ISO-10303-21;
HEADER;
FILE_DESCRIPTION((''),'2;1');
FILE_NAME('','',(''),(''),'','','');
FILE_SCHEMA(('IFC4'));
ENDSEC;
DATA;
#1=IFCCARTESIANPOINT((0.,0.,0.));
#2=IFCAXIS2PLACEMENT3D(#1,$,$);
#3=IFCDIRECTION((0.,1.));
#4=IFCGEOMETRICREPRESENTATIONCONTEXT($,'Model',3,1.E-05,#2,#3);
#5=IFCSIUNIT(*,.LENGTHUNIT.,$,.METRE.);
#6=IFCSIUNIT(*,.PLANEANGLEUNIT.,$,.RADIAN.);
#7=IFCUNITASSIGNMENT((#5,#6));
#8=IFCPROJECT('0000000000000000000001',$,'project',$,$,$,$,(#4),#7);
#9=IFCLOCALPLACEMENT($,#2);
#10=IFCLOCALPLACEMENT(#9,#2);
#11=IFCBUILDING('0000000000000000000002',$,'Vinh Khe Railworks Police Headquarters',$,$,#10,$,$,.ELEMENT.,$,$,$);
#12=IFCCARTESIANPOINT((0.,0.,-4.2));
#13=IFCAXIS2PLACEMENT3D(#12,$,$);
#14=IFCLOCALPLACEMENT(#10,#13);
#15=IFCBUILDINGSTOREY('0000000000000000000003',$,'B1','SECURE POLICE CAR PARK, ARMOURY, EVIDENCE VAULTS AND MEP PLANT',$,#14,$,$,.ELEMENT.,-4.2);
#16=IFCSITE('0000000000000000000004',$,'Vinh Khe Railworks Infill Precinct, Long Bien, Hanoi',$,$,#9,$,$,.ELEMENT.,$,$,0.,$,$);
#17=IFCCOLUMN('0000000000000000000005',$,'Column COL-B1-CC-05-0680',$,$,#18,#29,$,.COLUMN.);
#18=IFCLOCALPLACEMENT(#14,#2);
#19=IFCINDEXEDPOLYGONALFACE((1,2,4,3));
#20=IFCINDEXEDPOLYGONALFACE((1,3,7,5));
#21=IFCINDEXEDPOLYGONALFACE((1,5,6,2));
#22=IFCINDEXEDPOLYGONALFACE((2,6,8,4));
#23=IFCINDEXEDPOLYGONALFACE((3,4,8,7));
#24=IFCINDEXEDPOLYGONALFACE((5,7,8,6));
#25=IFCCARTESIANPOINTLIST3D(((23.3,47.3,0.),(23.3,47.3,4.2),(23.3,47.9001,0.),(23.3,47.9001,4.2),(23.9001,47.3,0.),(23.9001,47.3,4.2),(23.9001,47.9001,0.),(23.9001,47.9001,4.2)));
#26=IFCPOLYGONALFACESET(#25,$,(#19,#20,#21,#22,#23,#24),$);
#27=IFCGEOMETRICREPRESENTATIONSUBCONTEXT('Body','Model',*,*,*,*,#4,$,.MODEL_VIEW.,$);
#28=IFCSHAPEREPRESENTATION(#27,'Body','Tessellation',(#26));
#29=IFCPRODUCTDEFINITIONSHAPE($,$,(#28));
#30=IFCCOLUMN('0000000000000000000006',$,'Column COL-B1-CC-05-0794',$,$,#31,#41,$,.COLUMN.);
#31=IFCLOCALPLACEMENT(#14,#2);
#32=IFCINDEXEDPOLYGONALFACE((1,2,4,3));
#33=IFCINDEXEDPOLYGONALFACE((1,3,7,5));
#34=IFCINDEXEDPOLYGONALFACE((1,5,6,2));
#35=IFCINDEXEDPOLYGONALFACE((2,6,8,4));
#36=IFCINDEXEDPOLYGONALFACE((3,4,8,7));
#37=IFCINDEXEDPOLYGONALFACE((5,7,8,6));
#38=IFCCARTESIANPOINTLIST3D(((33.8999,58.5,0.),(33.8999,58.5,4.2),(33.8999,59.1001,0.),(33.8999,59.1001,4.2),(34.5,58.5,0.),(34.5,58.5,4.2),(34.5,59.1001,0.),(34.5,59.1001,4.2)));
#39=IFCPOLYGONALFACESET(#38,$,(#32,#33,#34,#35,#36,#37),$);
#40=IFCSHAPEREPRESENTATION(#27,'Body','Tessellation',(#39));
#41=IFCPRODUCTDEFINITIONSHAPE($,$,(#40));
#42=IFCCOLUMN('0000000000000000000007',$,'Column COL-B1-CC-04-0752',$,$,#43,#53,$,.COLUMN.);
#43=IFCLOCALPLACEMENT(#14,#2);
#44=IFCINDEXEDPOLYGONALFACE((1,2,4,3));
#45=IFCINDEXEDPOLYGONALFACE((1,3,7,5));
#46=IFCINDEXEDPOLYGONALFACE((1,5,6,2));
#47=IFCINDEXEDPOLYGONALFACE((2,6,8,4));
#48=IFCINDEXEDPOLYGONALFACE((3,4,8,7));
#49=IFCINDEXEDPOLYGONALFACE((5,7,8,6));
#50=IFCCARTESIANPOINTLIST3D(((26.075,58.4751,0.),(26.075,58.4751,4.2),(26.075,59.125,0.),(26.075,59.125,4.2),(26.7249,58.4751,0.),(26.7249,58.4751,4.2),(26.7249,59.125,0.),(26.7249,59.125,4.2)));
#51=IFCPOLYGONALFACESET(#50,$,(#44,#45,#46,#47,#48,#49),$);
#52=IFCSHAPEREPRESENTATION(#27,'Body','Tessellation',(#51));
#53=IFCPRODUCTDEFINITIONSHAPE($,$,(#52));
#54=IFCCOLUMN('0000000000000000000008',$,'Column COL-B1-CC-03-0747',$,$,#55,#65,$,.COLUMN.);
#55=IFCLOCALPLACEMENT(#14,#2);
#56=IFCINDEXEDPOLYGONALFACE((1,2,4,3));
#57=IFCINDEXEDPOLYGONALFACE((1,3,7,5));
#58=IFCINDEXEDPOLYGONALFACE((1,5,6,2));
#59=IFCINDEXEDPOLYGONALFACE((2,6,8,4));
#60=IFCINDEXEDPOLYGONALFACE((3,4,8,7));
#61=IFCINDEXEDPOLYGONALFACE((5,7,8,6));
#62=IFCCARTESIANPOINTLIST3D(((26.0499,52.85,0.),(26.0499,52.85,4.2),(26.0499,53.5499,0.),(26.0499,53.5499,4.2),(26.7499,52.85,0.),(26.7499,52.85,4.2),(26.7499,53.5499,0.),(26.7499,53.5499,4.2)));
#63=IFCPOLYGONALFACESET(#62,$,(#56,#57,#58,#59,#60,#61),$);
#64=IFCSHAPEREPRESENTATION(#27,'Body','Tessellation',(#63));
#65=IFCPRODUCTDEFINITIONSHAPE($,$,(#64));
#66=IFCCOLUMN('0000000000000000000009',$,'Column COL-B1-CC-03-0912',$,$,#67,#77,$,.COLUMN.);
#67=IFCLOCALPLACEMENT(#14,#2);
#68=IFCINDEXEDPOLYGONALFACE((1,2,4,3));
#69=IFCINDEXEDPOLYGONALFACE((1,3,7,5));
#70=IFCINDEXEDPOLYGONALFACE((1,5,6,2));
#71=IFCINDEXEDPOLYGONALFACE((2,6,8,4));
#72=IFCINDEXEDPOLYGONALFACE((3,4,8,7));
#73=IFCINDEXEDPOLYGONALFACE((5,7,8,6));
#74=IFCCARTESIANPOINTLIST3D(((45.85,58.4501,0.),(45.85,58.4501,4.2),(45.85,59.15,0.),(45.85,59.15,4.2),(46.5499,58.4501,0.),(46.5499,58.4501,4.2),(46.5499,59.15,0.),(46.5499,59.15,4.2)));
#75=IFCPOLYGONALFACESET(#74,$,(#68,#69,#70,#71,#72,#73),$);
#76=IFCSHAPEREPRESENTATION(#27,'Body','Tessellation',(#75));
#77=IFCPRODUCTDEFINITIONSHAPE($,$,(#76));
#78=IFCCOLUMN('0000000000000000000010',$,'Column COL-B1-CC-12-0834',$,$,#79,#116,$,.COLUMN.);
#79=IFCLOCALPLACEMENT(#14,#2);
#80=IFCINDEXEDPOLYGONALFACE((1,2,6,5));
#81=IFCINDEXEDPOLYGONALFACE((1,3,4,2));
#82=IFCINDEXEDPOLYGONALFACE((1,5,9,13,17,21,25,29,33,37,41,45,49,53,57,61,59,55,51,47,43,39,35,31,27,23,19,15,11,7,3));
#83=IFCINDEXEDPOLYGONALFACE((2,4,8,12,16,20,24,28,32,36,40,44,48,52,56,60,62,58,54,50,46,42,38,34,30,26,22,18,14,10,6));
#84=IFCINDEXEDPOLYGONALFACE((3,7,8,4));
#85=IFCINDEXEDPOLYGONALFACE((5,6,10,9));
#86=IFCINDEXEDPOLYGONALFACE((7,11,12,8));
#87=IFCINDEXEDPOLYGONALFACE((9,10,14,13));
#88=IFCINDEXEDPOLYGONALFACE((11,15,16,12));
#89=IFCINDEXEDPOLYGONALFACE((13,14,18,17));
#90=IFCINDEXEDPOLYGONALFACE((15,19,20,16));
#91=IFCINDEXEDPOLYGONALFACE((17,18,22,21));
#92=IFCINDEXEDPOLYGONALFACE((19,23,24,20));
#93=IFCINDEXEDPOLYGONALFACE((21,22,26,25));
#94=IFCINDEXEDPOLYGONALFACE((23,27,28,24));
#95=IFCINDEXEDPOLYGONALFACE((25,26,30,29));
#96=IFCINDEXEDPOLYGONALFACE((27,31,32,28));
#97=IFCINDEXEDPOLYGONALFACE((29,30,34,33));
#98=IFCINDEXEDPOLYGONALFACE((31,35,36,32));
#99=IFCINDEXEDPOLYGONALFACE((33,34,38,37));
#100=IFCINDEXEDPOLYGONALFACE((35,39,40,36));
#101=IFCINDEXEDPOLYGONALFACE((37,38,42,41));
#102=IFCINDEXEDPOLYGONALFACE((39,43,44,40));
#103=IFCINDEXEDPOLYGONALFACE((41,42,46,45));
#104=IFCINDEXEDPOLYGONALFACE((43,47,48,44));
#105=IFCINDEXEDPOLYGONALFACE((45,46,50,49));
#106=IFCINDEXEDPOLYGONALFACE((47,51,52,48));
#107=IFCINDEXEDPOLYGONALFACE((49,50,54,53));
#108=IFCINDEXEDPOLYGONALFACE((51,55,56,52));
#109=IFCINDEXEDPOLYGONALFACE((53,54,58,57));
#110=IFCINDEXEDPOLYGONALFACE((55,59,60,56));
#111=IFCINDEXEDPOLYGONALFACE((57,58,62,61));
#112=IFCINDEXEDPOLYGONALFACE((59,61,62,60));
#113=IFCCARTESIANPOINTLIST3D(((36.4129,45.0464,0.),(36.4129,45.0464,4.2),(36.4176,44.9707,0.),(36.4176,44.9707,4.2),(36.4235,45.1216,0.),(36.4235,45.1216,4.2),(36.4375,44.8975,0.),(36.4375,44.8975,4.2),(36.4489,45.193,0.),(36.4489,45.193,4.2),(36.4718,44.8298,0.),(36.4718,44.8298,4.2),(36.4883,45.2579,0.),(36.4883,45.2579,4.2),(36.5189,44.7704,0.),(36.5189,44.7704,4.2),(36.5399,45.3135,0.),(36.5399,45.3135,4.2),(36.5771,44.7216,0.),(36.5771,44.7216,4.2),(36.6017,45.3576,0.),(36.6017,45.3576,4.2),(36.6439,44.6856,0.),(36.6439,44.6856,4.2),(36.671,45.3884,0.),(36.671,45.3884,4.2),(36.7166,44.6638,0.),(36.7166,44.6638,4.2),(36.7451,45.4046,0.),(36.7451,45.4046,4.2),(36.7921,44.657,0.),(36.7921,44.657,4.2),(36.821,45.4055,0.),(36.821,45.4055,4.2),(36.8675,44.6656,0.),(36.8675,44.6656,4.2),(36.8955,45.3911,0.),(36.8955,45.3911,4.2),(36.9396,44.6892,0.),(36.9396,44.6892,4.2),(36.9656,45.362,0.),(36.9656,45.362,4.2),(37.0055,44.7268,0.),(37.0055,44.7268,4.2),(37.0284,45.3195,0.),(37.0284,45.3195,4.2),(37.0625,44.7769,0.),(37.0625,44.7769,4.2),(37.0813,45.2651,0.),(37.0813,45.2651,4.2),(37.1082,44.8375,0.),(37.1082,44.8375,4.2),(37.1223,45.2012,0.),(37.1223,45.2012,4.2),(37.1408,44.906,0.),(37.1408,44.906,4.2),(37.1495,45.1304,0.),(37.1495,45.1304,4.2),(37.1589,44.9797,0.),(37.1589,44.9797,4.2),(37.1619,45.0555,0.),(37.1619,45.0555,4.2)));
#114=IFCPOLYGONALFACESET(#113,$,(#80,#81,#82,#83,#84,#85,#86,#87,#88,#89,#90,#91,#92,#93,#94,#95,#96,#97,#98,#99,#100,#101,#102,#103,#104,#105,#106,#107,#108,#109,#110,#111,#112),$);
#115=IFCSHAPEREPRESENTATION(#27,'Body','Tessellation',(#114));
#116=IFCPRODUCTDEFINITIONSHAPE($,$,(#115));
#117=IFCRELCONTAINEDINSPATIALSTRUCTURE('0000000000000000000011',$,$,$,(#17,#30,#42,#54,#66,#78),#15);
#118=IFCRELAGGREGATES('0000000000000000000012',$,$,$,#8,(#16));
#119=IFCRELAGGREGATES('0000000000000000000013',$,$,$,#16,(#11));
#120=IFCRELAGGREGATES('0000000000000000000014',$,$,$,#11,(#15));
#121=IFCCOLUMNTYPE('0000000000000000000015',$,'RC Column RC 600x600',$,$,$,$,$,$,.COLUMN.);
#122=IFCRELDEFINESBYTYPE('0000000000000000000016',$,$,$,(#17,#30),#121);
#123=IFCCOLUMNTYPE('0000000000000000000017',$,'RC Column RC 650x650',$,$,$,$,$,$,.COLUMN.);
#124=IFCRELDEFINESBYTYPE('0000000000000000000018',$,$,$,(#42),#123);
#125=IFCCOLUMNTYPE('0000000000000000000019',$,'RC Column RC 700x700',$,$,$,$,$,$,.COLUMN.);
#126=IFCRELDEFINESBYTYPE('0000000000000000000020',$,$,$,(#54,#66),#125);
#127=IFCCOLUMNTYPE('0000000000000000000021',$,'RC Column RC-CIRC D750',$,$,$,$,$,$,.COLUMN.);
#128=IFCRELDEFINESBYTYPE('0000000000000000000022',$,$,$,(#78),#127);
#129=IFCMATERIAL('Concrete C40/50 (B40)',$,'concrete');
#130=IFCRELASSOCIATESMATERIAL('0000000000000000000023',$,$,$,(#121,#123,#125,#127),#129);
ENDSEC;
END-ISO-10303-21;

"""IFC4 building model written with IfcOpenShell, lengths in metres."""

from ifc_helpers import new_model, si_unit, direction, frame, origin, origin_2d, place, context, subcontext, project, spatial, rectangle, circle, extrude, material, material_profile, profile_set, type_object, element, save


model = new_model("IFC4")

# Units and contexts
model_context = context("Model", 3, precision=1e-05, world=origin(), true_north=direction((0.0, 1.0)))
body_context = subcontext(model_context, "Body", "Model", "MODEL_VIEW")
ifc_project = project(units=[si_unit("LENGTHUNIT", "METRE"), si_unit("PLANEANGLEUNIT", "RADIAN")], contexts=[model_context])

# Site, building, storey
site_placement = place(None, origin())
site = spatial("IfcSite", under=ifc_project, at=site_placement, Name="Vinh Khe Railworks Infill Precinct, Long Bien, Hanoi", CompositionType="ELEMENT", RefElevation=0.0)
building_placement = place(site_placement, origin())
building = spatial("IfcBuilding", under=site, at=building_placement, Name="Vinh Khe Railworks Police Headquarters", CompositionType="ELEMENT")
storey_placement = place(building_placement, frame((0.0, 0.0, -4.2)))
storey = spatial("IfcBuildingStorey", under=building, at=storey_placement, Name="B1", Description="SECURE POLICE CAR PARK, ARMOURY, EVIDENCE VAULTS AND MEP PLANT", CompositionType="ELEMENT", Elevation=-4.2)

# Columns
ifc_material_1 = material(Name="Concrete C40/50 (B40)", Category="concrete")
ifc_material_profile_1 = material_profile(ifc_material_1, rectangle(XDim=0.6001, YDim=0.6001, at=origin_2d()), Name="RC 600x600")
ifc_profile_set_1 = profile_set([ifc_material_profile_1], Name="Concrete C40/50 (B40)")
column_type_1 = type_object("IfcColumnType", Name="RC Column RC 600x600", PredefinedType="COLUMN", material=ifc_profile_set_1)
for number, where, z_axis, x_axis, name in (
    (1, (23.6001, 47.6001, 0.0), (0.0, 0.0, 1.0), (1.0, 0.0, 0.0), "Column COL-B1-CC-05-0680"),
    (2, (34.2, 58.8, 0.0), (0.0, 0.0, 1.0), (1.0, 0.0, 0.0), "Column COL-B1-CC-05-0794"),
):
    element("IfcColumn", number, at=place(storey_placement, frame(where, z_axis=z_axis, x_axis=x_axis)), inside=storey, type_object=column_type_1, Name=name, PredefinedType="COLUMN", context=body_context, shape_type="SweptSolid", body=[
        extrude(rectangle(XDim=0.6001, YDim=0.6001, at=origin_2d()), origin(), (0.0, 0.0, 1.0), 4.2),
    ])
ifc_material_profile_2 = material_profile(ifc_material_1, rectangle(XDim=0.6499, YDim=0.6499, at=origin_2d()), Name="RC 650x650")
ifc_profile_set_2 = profile_set([ifc_material_profile_2], Name="Concrete C40/50 (B40)")
column_type_2 = type_object("IfcColumnType", Name="RC Column RC 650x650", PredefinedType="COLUMN", material=ifc_profile_set_2)
column_1_placement = place(storey_placement, frame((26.3999, 58.8, 0.0), z_axis=(0.0, 0.0, 1.0), x_axis=(1.0, 0.0, 0.0)))
element("IfcColumn", 3, at=column_1_placement, inside=storey, type_object=column_type_2, Name="Column COL-B1-CC-04-0752", PredefinedType="COLUMN", context=body_context, shape_type="SweptSolid", body=[
    extrude(rectangle(XDim=0.6499, YDim=0.6499, at=origin_2d()), origin(), (0.0, 0.0, 1.0), 4.2),
])
ifc_material_profile_3 = material_profile(ifc_material_1, rectangle(XDim=0.7, YDim=0.7, at=origin_2d()), Name="RC 700x700")
ifc_profile_set_3 = profile_set([ifc_material_profile_3], Name="Concrete C40/50 (B40)")
column_type_3 = type_object("IfcColumnType", Name="RC Column RC 700x700", PredefinedType="COLUMN", material=ifc_profile_set_3)
for number, where, z_axis, x_axis, name in (
    (4, (26.3999, 53.2, 0.0), (0.0, 0.0, 1.0), (1.0, 0.0, 0.0), "Column COL-B1-CC-03-0747"),
    (5, (46.2, 58.8, 0.0), (0.0, 0.0, 1.0), (1.0, 0.0, 0.0), "Column COL-B1-CC-03-0912"),
):
    element("IfcColumn", number, at=place(storey_placement, frame(where, z_axis=z_axis, x_axis=x_axis)), inside=storey, type_object=column_type_3, Name=name, PredefinedType="COLUMN", context=body_context, shape_type="SweptSolid", body=[
        extrude(rectangle(XDim=0.7, YDim=0.7, at=origin_2d()), origin(), (0.0, 0.0, 1.0), 4.2),
    ])
ifc_material_profile_4 = material_profile(ifc_material_1, circle(Radius=0.375, at=origin_2d()), Name="RC-CIRC D750")
ifc_profile_set_4 = profile_set([ifc_material_profile_4], Name="Concrete C40/50 (B40)")
column_type_4 = type_object("IfcColumnType", Name="RC Column RC-CIRC D750", PredefinedType="COLUMN", material=ifc_profile_set_4)
for number, where, z_axis, x_axis, name in (
    (6, (36.7876, 45.032, 0.0), (0.0, 0.0, 1.0), (-0.999256, 0.038562, 0.0), "Column COL-B1-CC-12-0834"),
):
    element("IfcColumn", number, at=place(storey_placement, frame(where, z_axis=z_axis, x_axis=x_axis)), inside=storey, type_object=column_type_4, Name=name, PredefinedType="COLUMN", context=body_context, shape_type="SweptSolid", body=[
        extrude(circle(Radius=0.375, at=origin_2d()), origin(), (0.0, 0.0, 1.0), 4.2),
    ])

save(model, "model.ifc")
